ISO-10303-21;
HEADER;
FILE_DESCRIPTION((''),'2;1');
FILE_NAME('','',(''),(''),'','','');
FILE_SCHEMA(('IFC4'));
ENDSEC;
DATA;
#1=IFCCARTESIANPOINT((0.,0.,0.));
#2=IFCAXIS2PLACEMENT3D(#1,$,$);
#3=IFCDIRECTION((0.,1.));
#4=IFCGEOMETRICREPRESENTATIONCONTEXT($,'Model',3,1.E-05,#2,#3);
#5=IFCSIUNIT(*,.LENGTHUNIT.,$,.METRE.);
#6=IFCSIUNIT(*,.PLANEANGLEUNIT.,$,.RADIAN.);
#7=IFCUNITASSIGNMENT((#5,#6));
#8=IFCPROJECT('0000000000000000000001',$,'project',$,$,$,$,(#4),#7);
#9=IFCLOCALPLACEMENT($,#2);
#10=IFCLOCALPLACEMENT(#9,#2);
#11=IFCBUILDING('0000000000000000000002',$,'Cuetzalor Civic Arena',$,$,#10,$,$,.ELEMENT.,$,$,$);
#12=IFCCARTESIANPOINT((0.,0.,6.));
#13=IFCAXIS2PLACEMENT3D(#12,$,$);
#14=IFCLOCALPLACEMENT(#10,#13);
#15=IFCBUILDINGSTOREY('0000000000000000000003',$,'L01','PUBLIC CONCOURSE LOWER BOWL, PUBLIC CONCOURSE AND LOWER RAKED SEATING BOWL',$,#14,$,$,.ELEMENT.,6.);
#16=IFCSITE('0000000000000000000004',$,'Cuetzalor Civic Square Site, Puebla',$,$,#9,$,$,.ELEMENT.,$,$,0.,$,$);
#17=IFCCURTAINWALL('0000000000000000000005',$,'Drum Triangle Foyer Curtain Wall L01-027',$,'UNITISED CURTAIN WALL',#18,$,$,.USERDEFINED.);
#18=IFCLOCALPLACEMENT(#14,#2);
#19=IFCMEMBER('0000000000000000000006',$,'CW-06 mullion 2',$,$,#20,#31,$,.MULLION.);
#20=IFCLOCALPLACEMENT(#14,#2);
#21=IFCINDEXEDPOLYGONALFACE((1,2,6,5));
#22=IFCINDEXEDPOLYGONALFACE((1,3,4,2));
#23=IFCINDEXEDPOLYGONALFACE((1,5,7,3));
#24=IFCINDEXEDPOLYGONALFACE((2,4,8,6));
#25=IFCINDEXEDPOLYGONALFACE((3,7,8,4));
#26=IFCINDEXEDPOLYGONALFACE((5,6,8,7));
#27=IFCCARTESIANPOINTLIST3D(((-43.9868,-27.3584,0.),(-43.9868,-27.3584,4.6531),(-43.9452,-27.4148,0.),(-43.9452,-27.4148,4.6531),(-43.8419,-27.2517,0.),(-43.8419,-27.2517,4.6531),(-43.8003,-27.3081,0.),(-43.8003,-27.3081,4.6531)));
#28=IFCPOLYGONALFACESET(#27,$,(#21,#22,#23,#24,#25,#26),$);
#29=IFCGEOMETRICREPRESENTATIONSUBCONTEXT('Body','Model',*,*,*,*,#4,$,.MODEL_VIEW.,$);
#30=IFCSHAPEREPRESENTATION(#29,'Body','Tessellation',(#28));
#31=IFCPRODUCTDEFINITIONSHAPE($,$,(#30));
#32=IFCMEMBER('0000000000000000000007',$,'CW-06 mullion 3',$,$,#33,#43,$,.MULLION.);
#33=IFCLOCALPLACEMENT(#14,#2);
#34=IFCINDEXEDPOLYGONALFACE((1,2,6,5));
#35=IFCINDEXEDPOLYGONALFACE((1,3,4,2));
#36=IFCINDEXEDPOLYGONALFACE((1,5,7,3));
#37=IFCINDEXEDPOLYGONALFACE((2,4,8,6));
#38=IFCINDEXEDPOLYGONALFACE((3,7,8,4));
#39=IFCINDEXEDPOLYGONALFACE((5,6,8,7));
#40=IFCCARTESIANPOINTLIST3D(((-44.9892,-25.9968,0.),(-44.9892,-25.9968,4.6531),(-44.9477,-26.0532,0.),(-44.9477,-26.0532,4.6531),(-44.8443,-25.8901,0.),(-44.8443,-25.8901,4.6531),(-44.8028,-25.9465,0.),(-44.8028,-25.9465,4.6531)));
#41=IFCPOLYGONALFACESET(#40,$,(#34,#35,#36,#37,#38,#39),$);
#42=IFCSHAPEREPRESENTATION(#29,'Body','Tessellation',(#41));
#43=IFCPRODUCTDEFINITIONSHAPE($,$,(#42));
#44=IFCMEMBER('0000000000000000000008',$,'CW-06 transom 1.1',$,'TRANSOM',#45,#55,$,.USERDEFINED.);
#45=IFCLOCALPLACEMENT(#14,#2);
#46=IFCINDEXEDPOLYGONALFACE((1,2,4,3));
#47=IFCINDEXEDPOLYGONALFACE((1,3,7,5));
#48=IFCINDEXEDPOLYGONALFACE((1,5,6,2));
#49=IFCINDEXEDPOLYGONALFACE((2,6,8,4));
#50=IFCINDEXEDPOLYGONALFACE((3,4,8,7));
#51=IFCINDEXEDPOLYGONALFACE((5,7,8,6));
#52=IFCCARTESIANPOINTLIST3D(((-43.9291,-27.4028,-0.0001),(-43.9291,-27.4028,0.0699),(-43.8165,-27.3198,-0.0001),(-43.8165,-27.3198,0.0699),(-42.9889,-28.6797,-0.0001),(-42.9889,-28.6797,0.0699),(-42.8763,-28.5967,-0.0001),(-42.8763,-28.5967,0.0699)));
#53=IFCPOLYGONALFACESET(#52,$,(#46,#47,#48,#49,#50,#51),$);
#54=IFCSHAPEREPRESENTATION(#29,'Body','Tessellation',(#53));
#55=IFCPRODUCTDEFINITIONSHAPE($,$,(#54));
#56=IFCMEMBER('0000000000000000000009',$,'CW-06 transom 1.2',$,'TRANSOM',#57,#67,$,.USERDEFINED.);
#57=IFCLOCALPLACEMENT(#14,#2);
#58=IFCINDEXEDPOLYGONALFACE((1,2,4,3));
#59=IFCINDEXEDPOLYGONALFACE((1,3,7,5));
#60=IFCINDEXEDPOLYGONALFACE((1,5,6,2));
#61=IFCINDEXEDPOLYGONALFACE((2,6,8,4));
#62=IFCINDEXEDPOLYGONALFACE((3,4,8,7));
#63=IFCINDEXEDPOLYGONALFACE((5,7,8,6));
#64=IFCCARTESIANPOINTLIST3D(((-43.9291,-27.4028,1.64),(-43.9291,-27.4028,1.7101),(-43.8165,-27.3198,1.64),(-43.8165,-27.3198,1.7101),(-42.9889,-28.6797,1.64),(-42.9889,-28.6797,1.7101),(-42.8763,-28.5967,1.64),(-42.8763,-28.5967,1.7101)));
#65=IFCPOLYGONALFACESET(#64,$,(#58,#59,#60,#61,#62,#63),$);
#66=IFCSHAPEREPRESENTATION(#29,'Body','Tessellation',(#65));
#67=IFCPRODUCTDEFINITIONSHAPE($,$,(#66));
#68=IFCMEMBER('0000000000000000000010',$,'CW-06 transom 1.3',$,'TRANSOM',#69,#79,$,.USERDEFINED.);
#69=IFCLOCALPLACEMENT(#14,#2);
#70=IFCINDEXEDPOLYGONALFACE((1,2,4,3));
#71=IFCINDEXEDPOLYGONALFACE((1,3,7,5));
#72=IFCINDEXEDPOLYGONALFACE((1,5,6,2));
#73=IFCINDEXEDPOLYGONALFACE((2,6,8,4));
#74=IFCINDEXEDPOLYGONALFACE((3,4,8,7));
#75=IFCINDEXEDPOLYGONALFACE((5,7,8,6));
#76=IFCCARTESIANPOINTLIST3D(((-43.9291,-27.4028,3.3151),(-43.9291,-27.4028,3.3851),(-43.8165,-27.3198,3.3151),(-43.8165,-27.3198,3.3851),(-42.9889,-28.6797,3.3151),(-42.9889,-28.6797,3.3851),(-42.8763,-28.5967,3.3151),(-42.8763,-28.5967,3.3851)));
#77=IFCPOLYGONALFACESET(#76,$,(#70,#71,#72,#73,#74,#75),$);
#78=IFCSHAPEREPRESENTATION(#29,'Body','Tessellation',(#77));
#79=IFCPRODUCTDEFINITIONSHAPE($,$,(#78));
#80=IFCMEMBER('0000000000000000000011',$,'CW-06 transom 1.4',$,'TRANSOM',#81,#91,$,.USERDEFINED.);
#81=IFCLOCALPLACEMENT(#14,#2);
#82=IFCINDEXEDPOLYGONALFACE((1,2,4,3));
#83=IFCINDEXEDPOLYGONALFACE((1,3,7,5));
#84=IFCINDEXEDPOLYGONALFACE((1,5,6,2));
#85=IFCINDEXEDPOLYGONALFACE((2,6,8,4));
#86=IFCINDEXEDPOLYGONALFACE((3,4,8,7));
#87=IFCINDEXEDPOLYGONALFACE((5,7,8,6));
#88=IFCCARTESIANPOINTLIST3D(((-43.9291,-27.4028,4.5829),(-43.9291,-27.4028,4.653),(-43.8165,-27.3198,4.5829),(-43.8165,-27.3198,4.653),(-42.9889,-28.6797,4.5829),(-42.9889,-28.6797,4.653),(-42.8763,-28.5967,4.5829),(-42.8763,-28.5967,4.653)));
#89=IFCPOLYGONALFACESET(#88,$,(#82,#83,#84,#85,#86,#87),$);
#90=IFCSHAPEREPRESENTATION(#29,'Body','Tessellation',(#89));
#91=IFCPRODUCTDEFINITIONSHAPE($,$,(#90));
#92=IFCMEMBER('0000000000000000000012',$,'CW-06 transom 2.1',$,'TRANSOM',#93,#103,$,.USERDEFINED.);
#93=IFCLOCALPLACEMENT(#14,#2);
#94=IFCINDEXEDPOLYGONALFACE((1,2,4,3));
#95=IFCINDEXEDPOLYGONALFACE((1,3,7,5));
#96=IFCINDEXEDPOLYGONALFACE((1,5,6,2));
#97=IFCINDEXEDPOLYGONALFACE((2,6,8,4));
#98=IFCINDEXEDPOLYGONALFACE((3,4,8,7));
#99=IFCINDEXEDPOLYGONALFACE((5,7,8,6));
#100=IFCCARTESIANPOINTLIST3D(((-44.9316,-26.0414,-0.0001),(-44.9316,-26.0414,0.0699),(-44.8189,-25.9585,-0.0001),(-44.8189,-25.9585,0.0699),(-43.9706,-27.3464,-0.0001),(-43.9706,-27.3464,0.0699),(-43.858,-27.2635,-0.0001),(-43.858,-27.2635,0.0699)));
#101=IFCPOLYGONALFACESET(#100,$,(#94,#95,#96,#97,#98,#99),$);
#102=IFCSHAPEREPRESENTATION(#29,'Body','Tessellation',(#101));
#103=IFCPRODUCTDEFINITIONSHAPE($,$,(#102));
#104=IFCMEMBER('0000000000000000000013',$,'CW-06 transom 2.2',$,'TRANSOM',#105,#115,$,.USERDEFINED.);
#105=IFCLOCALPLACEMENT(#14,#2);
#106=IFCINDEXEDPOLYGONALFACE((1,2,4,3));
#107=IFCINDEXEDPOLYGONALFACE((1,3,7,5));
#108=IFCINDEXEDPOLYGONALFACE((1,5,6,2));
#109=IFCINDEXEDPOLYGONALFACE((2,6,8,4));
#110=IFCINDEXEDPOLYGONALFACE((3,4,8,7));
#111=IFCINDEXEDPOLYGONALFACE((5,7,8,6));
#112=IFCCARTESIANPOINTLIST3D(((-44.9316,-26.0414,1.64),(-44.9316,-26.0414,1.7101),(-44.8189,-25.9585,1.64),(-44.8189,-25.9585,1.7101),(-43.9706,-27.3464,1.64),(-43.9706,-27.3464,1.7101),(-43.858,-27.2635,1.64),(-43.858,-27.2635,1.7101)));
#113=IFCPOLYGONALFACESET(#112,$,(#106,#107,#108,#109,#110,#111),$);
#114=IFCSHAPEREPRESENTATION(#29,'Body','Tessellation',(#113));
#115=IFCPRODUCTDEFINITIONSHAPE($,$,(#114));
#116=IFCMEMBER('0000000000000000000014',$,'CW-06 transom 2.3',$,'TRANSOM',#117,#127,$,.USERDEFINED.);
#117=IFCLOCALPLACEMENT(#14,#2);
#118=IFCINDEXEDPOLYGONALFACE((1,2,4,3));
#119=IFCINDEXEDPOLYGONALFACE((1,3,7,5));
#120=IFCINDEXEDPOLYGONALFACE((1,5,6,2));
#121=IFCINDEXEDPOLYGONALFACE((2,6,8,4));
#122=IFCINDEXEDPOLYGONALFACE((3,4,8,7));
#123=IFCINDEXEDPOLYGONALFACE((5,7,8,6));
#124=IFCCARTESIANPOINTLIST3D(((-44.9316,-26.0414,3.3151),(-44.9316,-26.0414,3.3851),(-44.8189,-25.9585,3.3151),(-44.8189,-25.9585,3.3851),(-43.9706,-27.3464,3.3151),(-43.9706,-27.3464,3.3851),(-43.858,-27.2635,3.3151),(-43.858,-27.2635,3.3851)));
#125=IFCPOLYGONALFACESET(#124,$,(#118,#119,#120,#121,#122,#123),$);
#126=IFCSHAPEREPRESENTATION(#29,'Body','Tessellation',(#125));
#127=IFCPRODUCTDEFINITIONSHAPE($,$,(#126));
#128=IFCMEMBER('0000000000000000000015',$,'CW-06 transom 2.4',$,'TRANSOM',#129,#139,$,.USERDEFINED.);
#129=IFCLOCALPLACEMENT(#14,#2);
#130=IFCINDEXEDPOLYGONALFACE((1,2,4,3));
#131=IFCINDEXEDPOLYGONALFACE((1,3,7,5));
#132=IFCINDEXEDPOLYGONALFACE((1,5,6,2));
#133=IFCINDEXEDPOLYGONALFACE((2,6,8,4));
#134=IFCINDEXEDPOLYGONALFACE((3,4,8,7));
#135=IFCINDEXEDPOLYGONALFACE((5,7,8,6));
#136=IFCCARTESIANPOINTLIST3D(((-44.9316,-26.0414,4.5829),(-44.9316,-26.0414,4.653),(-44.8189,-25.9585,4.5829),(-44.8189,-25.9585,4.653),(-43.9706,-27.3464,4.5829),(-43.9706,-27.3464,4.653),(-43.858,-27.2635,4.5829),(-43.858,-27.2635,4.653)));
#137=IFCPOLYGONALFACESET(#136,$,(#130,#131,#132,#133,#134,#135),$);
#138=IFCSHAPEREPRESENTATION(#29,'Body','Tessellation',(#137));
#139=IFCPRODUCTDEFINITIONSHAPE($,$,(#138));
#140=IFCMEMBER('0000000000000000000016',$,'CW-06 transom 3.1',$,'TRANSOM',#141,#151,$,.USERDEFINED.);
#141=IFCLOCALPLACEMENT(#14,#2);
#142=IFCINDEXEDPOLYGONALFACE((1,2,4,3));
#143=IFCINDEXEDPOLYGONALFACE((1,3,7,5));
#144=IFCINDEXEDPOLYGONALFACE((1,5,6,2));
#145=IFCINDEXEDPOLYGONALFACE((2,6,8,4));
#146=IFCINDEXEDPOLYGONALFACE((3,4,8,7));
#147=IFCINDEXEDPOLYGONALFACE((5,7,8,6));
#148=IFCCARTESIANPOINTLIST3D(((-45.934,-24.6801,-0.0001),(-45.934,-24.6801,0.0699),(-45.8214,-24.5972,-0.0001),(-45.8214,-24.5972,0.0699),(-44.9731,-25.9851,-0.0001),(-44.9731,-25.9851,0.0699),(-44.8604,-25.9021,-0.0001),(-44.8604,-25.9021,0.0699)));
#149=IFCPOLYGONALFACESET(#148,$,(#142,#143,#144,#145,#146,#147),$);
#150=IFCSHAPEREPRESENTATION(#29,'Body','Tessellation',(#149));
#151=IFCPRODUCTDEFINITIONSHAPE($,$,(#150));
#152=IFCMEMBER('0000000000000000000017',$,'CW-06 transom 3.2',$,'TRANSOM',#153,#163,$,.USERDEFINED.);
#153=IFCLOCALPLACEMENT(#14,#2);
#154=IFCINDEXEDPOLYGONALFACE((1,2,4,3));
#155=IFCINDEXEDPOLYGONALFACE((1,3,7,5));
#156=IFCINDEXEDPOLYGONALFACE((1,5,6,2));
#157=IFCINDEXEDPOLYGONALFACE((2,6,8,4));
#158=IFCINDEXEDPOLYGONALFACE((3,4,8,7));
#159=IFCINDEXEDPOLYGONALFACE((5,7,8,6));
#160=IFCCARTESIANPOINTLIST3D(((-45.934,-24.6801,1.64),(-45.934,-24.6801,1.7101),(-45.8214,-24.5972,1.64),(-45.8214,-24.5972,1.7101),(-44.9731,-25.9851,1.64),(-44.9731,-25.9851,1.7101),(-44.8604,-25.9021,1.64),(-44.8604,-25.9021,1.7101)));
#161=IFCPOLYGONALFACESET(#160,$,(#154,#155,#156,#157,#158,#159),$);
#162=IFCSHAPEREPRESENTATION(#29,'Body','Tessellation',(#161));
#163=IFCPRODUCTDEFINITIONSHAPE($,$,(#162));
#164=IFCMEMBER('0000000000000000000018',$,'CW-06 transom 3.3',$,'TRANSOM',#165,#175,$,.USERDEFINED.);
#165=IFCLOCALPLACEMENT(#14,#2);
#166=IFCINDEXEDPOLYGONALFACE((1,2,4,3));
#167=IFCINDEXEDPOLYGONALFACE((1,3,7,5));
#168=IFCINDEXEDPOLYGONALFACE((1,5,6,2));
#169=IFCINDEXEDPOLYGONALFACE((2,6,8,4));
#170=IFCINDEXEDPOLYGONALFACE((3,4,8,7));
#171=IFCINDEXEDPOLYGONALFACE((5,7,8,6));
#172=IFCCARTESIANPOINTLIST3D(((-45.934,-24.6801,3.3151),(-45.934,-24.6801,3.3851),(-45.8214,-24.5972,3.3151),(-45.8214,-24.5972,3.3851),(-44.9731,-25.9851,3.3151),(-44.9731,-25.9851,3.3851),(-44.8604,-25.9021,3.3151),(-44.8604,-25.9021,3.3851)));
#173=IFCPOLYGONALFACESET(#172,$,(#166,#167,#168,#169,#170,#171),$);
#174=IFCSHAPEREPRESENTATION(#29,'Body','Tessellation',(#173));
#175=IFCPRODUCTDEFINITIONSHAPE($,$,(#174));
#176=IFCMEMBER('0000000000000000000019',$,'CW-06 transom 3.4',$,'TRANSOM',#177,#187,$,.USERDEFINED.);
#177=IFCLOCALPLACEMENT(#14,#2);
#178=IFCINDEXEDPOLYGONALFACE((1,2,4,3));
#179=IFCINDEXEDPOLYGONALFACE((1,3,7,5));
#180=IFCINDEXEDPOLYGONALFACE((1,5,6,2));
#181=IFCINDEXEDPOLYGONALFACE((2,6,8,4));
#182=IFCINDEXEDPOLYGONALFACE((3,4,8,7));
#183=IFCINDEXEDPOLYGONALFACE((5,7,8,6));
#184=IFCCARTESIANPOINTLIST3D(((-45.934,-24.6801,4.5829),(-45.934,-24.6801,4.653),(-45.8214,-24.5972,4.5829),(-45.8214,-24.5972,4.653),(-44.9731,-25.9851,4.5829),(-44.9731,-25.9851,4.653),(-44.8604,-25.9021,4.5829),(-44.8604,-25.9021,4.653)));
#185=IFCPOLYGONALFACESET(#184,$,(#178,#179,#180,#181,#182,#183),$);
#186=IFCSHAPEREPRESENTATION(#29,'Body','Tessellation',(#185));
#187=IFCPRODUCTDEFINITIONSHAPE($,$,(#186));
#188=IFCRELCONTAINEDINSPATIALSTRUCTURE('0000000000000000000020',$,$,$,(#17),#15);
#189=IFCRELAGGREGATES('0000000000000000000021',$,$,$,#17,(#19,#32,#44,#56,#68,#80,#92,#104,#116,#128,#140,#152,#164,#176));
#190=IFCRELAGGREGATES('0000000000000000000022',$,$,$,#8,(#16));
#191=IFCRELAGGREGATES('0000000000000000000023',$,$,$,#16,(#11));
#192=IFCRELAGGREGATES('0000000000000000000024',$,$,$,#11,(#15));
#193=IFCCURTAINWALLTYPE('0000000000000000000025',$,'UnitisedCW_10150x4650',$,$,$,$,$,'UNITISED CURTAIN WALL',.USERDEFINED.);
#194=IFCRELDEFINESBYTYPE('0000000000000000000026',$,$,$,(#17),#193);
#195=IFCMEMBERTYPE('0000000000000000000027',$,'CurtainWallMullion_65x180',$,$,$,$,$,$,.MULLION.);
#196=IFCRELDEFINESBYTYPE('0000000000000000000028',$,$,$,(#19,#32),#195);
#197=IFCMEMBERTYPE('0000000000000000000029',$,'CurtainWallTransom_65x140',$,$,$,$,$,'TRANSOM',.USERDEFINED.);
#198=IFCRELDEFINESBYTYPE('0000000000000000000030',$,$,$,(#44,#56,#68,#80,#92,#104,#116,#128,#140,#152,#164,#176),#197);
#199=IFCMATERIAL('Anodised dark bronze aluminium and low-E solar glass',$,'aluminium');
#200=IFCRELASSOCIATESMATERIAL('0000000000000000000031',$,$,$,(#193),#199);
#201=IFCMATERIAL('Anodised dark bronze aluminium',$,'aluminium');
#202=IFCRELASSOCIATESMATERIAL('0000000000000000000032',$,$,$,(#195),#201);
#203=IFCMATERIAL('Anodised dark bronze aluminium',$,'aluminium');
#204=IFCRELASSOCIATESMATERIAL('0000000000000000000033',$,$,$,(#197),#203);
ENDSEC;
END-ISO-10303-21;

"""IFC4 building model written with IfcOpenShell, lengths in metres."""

from ifc_helpers import new_model, si_unit, direction, frame, origin, origin_2d, place, context, subcontext, project, spatial, rectangle, extrude, material, material_profile, profile_set, type_object, element, aggregate, save


model = new_model("IFC4")

# Units and contexts
model_context = context("Model", 3, precision=1e-05, world=origin(), true_north=direction((0.0, 1.0)))
body_context = subcontext(model_context, "Body", "Model", "MODEL_VIEW")
ifc_project = project(units=[si_unit("LENGTHUNIT", "METRE"), si_unit("PLANEANGLEUNIT", "RADIAN")], contexts=[model_context])

# Site, building, storey
site_placement = place(None, origin())
site = spatial("IfcSite", under=ifc_project, at=site_placement, Name="Cuetzalor Civic Square Site, Puebla", CompositionType="ELEMENT", RefElevation=0.0)
building_placement = place(site_placement, origin())
building = spatial("IfcBuilding", under=site, at=building_placement, Name="Cuetzalor Civic Arena", CompositionType="ELEMENT")
storey_placement = place(building_placement, frame((0.0, 0.0, 6.0)))
storey = spatial("IfcBuildingStorey", under=building, at=storey_placement, Name="L01", Description="PUBLIC CONCOURSE LOWER BOWL, PUBLIC CONCOURSE AND LOWER RAKED SEATING BOWL", CompositionType="ELEMENT", Elevation=6.0)

# Curtain wall, members
ifc_material_1 = material(Name="Anodised dark bronze aluminium and low-E solar glass", Category="aluminium")
curtain_wall_type = type_object("IfcCurtainWallType", Name="UnitisedCW_10150x4650", ElementType="UNITISED CURTAIN WALL", PredefinedType="USERDEFINED", material=ifc_material_1)
curtain_wall_placement = place(storey_placement, origin())
curtain_wall = element("IfcCurtainWall", 1, at=curtain_wall_placement, inside=storey, type_object=curtain_wall_type, Name="Drum Triangle Foyer Curtain Wall L01-027", ObjectType="UNITISED CURTAIN WALL", PredefinedType="USERDEFINED")
ifc_material_2 = material(Name="Anodised dark bronze aluminium", Category="aluminium")
ifc_material_profile_1 = material_profile(ifc_material_2, rectangle(XDim=0.0701, YDim=0.1799, at=origin_2d()), Name="ALU MULLION 70x180")
ifc_profile_set_1 = profile_set([ifc_material_profile_1], Name="Anodised dark bronze aluminium")
member_type_1 = type_object("IfcMemberType", Name="CurtainWallMullion_65x180", PredefinedType="MULLION", material=ifc_profile_set_1)
member_1_placement = place(storey_placement, frame((-43.8936, -27.3333, 0.0), z_axis=(0.0, 0.0, 1.0), x_axis=(-0.592929, 0.805255, 0.0)))
member_1 = element("IfcMember", 2, at=member_1_placement, type_object=member_type_1, Name="CW-06 mullion 2", PredefinedType="MULLION", context=body_context, shape_type="SweptSolid", body=[
    extrude(rectangle(XDim=0.0701, YDim=0.1799, at=origin_2d()), origin(), (0.0, 0.0, 1.0), 4.6531),
])
member_2_placement = place(storey_placement, frame((-44.896, -25.9717, 0.0), z_axis=(0.0, 0.0, 1.0), x_axis=(-0.592929, 0.805255, 0.0)))
member_2 = element("IfcMember", 3, at=member_2_placement, type_object=member_type_1, Name="CW-06 mullion 3", PredefinedType="MULLION", context=body_context, shape_type="SweptSolid", body=[
    extrude(rectangle(XDim=0.0701, YDim=0.1799, at=origin_2d()), origin(), (0.0, 0.0, 1.0), 4.6531),
])
ifc_material_3 = material(Name="Anodised dark bronze aluminium", Category="aluminium")
ifc_material_profile_2 = material_profile(ifc_material_3, rectangle(XDim=0.1399, YDim=0.0701, at=origin_2d()), Name="ALU TRANSOM 70x140")
ifc_profile_set_2 = profile_set([ifc_material_profile_2], Name="Anodised dark bronze aluminium")
member_type_2 = type_object("IfcMemberType", Name="CurtainWallTransom_65x140", ElementType="TRANSOM", PredefinedType="USERDEFINED", material=ifc_profile_set_2)
member_3_placement = place(storey_placement, frame((-42.9326, -28.6382, 0.0349), z_axis=(-0.592931, 0.805253, 0.0), x_axis=(-0.805253, -0.592931, 0.0)))
member_3 = element("IfcMember", 4, at=member_3_placement, type_object=member_type_2, Name="CW-06 transom 1.1", ObjectType="TRANSOM", PredefinedType="USERDEFINED", context=body_context, shape_type="SweptSolid", body=[
    extrude(rectangle(XDim=0.1399, YDim=0.0701, at=origin_2d()), origin(), (0.0, 0.0, 1.0), 1.5857),
])
member_4_placement = place(storey_placement, frame((-42.9326, -28.6382, 1.675), z_axis=(-0.592931, 0.805253, 0.0), x_axis=(-0.805253, -0.592931, 0.0)))
member_4 = element("IfcMember", 5, at=member_4_placement, type_object=member_type_2, Name="CW-06 transom 1.2", ObjectType="TRANSOM", PredefinedType="USERDEFINED", context=body_context, shape_type="SweptSolid", body=[
    extrude(rectangle(XDim=0.1399, YDim=0.0701, at=origin_2d()), origin(), (0.0, 0.0, 1.0), 1.5857),
])
member_5_placement = place(storey_placement, frame((-42.9326, -28.6382, 3.3501), z_axis=(-0.592931, 0.805253, 0.0), x_axis=(-0.805253, -0.592931, 0.0)))
member_5 = element("IfcMember", 6, at=member_5_placement, type_object=member_type_2, Name="CW-06 transom 1.3", ObjectType="TRANSOM", PredefinedType="USERDEFINED", context=body_context, shape_type="SweptSolid", body=[
    extrude(rectangle(XDim=0.1399, YDim=0.0701, at=origin_2d()), origin(), (0.0, 0.0, 1.0), 1.5857),
])
member_6_placement = place(storey_placement, frame((-42.9326, -28.6382, 4.6179), z_axis=(-0.592931, 0.805253, 0.0), x_axis=(-0.805253, -0.592931, 0.0)))
member_6 = element("IfcMember", 7, at=member_6_placement, type_object=member_type_2, Name="CW-06 transom 1.4", ObjectType="TRANSOM", PredefinedType="USERDEFINED", context=body_context, shape_type="SweptSolid", body=[
    extrude(rectangle(XDim=0.1399, YDim=0.0701, at=origin_2d()), origin(), (0.0, 0.0, 1.0), 1.5857),
])
member_7_placement = place(storey_placement, frame((-43.9143, -27.3049, 0.0349), z_axis=(-0.592963, 0.80523, 0.0), x_axis=(-0.80523, -0.592963, 0.0)))
member_7 = element("IfcMember", 8, at=member_7_placement, type_object=member_type_2, Name="CW-06 transom 2.1", ObjectType="TRANSOM", PredefinedType="USERDEFINED", context=body_context, shape_type="SweptSolid", body=[
    extrude(rectangle(XDim=0.1399, YDim=0.0701, at=origin_2d()), origin(), (0.0, 0.0, 1.0), 1.6206),
])
member_8_placement = place(storey_placement, frame((-43.9143, -27.3049, 1.675), z_axis=(-0.592963, 0.80523, 0.0), x_axis=(-0.80523, -0.592963, 0.0)))
member_8 = element("IfcMember", 9, at=member_8_placement, type_object=member_type_2, Name="CW-06 transom 2.2", ObjectType="TRANSOM", PredefinedType="USERDEFINED", context=body_context, shape_type="SweptSolid", body=[
    extrude(rectangle(XDim=0.1399, YDim=0.0701, at=origin_2d()), origin(), (0.0, 0.0, 1.0), 1.6206),
])
member_9_placement = place(storey_placement, frame((-43.9143, -27.3049, 3.3501), z_axis=(-0.592963, 0.80523, 0.0), x_axis=(-0.80523, -0.592963, 0.0)))
member_9 = element("IfcMember", 10, at=member_9_placement, type_object=member_type_2, Name="CW-06 transom 2.3", ObjectType="TRANSOM", PredefinedType="USERDEFINED", context=body_context, shape_type="SweptSolid", body=[
    extrude(rectangle(XDim=0.1399, YDim=0.0701, at=origin_2d()), origin(), (0.0, 0.0, 1.0), 1.6206),
])
member_10_placement = place(storey_placement, frame((-43.9143, -27.3049, 4.6179), z_axis=(-0.592963, 0.80523, 0.0), x_axis=(-0.80523, -0.592963, 0.0)))
member_10 = element("IfcMember", 11, at=member_10_placement, type_object=member_type_2, Name="CW-06 transom 2.4", ObjectType="TRANSOM", PredefinedType="USERDEFINED", context=body_context, shape_type="SweptSolid", body=[
    extrude(rectangle(XDim=0.1399, YDim=0.0701, at=origin_2d()), origin(), (0.0, 0.0, 1.0), 1.6206),
])
member_11_placement = place(storey_placement, frame((-44.9167, -25.9436, 0.0349), z_axis=(-0.592963, 0.80523, 0.0), x_axis=(-0.80523, -0.592963, 0.0)))
member_11 = element("IfcMember", 12, at=member_11_placement, type_object=member_type_2, Name="CW-06 transom 3.1", ObjectType="TRANSOM", PredefinedType="USERDEFINED", context=body_context, shape_type="SweptSolid", body=[
    extrude(rectangle(XDim=0.1399, YDim=0.0701, at=origin_2d()), origin(), (0.0, 0.0, 1.0), 1.6206),
])
member_12_placement = place(storey_placement, frame((-44.9167, -25.9436, 1.675), z_axis=(-0.592963, 0.80523, 0.0), x_axis=(-0.80523, -0.592963, 0.0)))
member_12 = element("IfcMember", 13, at=member_12_placement, type_object=member_type_2, Name="CW-06 transom 3.2", ObjectType="TRANSOM", PredefinedType="USERDEFINED", context=body_context, shape_type="SweptSolid", body=[
    extrude(rectangle(XDim=0.1399, YDim=0.0701, at=origin_2d()), origin(), (0.0, 0.0, 1.0), 1.6206),
])
member_13_placement = place(storey_placement, frame((-44.9167, -25.9436, 3.3501), z_axis=(-0.592963, 0.80523, 0.0), x_axis=(-0.80523, -0.592963, 0.0)))
member_13 = element("IfcMember", 14, at=member_13_placement, type_object=member_type_2, Name="CW-06 transom 3.3", ObjectType="TRANSOM", PredefinedType="USERDEFINED", context=body_context, shape_type="SweptSolid", body=[
    extrude(rectangle(XDim=0.1399, YDim=0.0701, at=origin_2d()), origin(), (0.0, 0.0, 1.0), 1.6206),
])
member_14_placement = place(storey_placement, frame((-44.9167, -25.9436, 4.6179), z_axis=(-0.592963, 0.80523, 0.0), x_axis=(-0.80523, -0.592963, 0.0)))
member_14 = element("IfcMember", 15, at=member_14_placement, type_object=member_type_2, Name="CW-06 transom 3.4", ObjectType="TRANSOM", PredefinedType="USERDEFINED", context=body_context, shape_type="SweptSolid", body=[
    extrude(rectangle(XDim=0.1399, YDim=0.0701, at=origin_2d()), origin(), (0.0, 0.0, 1.0), 1.6206),
])
aggregate(curtain_wall, [member_1, member_2, member_3, member_4, member_5, member_6, member_7, member_8, member_9, member_10, member_11, member_12, member_13, member_14])

save(model, "model.ifc")
